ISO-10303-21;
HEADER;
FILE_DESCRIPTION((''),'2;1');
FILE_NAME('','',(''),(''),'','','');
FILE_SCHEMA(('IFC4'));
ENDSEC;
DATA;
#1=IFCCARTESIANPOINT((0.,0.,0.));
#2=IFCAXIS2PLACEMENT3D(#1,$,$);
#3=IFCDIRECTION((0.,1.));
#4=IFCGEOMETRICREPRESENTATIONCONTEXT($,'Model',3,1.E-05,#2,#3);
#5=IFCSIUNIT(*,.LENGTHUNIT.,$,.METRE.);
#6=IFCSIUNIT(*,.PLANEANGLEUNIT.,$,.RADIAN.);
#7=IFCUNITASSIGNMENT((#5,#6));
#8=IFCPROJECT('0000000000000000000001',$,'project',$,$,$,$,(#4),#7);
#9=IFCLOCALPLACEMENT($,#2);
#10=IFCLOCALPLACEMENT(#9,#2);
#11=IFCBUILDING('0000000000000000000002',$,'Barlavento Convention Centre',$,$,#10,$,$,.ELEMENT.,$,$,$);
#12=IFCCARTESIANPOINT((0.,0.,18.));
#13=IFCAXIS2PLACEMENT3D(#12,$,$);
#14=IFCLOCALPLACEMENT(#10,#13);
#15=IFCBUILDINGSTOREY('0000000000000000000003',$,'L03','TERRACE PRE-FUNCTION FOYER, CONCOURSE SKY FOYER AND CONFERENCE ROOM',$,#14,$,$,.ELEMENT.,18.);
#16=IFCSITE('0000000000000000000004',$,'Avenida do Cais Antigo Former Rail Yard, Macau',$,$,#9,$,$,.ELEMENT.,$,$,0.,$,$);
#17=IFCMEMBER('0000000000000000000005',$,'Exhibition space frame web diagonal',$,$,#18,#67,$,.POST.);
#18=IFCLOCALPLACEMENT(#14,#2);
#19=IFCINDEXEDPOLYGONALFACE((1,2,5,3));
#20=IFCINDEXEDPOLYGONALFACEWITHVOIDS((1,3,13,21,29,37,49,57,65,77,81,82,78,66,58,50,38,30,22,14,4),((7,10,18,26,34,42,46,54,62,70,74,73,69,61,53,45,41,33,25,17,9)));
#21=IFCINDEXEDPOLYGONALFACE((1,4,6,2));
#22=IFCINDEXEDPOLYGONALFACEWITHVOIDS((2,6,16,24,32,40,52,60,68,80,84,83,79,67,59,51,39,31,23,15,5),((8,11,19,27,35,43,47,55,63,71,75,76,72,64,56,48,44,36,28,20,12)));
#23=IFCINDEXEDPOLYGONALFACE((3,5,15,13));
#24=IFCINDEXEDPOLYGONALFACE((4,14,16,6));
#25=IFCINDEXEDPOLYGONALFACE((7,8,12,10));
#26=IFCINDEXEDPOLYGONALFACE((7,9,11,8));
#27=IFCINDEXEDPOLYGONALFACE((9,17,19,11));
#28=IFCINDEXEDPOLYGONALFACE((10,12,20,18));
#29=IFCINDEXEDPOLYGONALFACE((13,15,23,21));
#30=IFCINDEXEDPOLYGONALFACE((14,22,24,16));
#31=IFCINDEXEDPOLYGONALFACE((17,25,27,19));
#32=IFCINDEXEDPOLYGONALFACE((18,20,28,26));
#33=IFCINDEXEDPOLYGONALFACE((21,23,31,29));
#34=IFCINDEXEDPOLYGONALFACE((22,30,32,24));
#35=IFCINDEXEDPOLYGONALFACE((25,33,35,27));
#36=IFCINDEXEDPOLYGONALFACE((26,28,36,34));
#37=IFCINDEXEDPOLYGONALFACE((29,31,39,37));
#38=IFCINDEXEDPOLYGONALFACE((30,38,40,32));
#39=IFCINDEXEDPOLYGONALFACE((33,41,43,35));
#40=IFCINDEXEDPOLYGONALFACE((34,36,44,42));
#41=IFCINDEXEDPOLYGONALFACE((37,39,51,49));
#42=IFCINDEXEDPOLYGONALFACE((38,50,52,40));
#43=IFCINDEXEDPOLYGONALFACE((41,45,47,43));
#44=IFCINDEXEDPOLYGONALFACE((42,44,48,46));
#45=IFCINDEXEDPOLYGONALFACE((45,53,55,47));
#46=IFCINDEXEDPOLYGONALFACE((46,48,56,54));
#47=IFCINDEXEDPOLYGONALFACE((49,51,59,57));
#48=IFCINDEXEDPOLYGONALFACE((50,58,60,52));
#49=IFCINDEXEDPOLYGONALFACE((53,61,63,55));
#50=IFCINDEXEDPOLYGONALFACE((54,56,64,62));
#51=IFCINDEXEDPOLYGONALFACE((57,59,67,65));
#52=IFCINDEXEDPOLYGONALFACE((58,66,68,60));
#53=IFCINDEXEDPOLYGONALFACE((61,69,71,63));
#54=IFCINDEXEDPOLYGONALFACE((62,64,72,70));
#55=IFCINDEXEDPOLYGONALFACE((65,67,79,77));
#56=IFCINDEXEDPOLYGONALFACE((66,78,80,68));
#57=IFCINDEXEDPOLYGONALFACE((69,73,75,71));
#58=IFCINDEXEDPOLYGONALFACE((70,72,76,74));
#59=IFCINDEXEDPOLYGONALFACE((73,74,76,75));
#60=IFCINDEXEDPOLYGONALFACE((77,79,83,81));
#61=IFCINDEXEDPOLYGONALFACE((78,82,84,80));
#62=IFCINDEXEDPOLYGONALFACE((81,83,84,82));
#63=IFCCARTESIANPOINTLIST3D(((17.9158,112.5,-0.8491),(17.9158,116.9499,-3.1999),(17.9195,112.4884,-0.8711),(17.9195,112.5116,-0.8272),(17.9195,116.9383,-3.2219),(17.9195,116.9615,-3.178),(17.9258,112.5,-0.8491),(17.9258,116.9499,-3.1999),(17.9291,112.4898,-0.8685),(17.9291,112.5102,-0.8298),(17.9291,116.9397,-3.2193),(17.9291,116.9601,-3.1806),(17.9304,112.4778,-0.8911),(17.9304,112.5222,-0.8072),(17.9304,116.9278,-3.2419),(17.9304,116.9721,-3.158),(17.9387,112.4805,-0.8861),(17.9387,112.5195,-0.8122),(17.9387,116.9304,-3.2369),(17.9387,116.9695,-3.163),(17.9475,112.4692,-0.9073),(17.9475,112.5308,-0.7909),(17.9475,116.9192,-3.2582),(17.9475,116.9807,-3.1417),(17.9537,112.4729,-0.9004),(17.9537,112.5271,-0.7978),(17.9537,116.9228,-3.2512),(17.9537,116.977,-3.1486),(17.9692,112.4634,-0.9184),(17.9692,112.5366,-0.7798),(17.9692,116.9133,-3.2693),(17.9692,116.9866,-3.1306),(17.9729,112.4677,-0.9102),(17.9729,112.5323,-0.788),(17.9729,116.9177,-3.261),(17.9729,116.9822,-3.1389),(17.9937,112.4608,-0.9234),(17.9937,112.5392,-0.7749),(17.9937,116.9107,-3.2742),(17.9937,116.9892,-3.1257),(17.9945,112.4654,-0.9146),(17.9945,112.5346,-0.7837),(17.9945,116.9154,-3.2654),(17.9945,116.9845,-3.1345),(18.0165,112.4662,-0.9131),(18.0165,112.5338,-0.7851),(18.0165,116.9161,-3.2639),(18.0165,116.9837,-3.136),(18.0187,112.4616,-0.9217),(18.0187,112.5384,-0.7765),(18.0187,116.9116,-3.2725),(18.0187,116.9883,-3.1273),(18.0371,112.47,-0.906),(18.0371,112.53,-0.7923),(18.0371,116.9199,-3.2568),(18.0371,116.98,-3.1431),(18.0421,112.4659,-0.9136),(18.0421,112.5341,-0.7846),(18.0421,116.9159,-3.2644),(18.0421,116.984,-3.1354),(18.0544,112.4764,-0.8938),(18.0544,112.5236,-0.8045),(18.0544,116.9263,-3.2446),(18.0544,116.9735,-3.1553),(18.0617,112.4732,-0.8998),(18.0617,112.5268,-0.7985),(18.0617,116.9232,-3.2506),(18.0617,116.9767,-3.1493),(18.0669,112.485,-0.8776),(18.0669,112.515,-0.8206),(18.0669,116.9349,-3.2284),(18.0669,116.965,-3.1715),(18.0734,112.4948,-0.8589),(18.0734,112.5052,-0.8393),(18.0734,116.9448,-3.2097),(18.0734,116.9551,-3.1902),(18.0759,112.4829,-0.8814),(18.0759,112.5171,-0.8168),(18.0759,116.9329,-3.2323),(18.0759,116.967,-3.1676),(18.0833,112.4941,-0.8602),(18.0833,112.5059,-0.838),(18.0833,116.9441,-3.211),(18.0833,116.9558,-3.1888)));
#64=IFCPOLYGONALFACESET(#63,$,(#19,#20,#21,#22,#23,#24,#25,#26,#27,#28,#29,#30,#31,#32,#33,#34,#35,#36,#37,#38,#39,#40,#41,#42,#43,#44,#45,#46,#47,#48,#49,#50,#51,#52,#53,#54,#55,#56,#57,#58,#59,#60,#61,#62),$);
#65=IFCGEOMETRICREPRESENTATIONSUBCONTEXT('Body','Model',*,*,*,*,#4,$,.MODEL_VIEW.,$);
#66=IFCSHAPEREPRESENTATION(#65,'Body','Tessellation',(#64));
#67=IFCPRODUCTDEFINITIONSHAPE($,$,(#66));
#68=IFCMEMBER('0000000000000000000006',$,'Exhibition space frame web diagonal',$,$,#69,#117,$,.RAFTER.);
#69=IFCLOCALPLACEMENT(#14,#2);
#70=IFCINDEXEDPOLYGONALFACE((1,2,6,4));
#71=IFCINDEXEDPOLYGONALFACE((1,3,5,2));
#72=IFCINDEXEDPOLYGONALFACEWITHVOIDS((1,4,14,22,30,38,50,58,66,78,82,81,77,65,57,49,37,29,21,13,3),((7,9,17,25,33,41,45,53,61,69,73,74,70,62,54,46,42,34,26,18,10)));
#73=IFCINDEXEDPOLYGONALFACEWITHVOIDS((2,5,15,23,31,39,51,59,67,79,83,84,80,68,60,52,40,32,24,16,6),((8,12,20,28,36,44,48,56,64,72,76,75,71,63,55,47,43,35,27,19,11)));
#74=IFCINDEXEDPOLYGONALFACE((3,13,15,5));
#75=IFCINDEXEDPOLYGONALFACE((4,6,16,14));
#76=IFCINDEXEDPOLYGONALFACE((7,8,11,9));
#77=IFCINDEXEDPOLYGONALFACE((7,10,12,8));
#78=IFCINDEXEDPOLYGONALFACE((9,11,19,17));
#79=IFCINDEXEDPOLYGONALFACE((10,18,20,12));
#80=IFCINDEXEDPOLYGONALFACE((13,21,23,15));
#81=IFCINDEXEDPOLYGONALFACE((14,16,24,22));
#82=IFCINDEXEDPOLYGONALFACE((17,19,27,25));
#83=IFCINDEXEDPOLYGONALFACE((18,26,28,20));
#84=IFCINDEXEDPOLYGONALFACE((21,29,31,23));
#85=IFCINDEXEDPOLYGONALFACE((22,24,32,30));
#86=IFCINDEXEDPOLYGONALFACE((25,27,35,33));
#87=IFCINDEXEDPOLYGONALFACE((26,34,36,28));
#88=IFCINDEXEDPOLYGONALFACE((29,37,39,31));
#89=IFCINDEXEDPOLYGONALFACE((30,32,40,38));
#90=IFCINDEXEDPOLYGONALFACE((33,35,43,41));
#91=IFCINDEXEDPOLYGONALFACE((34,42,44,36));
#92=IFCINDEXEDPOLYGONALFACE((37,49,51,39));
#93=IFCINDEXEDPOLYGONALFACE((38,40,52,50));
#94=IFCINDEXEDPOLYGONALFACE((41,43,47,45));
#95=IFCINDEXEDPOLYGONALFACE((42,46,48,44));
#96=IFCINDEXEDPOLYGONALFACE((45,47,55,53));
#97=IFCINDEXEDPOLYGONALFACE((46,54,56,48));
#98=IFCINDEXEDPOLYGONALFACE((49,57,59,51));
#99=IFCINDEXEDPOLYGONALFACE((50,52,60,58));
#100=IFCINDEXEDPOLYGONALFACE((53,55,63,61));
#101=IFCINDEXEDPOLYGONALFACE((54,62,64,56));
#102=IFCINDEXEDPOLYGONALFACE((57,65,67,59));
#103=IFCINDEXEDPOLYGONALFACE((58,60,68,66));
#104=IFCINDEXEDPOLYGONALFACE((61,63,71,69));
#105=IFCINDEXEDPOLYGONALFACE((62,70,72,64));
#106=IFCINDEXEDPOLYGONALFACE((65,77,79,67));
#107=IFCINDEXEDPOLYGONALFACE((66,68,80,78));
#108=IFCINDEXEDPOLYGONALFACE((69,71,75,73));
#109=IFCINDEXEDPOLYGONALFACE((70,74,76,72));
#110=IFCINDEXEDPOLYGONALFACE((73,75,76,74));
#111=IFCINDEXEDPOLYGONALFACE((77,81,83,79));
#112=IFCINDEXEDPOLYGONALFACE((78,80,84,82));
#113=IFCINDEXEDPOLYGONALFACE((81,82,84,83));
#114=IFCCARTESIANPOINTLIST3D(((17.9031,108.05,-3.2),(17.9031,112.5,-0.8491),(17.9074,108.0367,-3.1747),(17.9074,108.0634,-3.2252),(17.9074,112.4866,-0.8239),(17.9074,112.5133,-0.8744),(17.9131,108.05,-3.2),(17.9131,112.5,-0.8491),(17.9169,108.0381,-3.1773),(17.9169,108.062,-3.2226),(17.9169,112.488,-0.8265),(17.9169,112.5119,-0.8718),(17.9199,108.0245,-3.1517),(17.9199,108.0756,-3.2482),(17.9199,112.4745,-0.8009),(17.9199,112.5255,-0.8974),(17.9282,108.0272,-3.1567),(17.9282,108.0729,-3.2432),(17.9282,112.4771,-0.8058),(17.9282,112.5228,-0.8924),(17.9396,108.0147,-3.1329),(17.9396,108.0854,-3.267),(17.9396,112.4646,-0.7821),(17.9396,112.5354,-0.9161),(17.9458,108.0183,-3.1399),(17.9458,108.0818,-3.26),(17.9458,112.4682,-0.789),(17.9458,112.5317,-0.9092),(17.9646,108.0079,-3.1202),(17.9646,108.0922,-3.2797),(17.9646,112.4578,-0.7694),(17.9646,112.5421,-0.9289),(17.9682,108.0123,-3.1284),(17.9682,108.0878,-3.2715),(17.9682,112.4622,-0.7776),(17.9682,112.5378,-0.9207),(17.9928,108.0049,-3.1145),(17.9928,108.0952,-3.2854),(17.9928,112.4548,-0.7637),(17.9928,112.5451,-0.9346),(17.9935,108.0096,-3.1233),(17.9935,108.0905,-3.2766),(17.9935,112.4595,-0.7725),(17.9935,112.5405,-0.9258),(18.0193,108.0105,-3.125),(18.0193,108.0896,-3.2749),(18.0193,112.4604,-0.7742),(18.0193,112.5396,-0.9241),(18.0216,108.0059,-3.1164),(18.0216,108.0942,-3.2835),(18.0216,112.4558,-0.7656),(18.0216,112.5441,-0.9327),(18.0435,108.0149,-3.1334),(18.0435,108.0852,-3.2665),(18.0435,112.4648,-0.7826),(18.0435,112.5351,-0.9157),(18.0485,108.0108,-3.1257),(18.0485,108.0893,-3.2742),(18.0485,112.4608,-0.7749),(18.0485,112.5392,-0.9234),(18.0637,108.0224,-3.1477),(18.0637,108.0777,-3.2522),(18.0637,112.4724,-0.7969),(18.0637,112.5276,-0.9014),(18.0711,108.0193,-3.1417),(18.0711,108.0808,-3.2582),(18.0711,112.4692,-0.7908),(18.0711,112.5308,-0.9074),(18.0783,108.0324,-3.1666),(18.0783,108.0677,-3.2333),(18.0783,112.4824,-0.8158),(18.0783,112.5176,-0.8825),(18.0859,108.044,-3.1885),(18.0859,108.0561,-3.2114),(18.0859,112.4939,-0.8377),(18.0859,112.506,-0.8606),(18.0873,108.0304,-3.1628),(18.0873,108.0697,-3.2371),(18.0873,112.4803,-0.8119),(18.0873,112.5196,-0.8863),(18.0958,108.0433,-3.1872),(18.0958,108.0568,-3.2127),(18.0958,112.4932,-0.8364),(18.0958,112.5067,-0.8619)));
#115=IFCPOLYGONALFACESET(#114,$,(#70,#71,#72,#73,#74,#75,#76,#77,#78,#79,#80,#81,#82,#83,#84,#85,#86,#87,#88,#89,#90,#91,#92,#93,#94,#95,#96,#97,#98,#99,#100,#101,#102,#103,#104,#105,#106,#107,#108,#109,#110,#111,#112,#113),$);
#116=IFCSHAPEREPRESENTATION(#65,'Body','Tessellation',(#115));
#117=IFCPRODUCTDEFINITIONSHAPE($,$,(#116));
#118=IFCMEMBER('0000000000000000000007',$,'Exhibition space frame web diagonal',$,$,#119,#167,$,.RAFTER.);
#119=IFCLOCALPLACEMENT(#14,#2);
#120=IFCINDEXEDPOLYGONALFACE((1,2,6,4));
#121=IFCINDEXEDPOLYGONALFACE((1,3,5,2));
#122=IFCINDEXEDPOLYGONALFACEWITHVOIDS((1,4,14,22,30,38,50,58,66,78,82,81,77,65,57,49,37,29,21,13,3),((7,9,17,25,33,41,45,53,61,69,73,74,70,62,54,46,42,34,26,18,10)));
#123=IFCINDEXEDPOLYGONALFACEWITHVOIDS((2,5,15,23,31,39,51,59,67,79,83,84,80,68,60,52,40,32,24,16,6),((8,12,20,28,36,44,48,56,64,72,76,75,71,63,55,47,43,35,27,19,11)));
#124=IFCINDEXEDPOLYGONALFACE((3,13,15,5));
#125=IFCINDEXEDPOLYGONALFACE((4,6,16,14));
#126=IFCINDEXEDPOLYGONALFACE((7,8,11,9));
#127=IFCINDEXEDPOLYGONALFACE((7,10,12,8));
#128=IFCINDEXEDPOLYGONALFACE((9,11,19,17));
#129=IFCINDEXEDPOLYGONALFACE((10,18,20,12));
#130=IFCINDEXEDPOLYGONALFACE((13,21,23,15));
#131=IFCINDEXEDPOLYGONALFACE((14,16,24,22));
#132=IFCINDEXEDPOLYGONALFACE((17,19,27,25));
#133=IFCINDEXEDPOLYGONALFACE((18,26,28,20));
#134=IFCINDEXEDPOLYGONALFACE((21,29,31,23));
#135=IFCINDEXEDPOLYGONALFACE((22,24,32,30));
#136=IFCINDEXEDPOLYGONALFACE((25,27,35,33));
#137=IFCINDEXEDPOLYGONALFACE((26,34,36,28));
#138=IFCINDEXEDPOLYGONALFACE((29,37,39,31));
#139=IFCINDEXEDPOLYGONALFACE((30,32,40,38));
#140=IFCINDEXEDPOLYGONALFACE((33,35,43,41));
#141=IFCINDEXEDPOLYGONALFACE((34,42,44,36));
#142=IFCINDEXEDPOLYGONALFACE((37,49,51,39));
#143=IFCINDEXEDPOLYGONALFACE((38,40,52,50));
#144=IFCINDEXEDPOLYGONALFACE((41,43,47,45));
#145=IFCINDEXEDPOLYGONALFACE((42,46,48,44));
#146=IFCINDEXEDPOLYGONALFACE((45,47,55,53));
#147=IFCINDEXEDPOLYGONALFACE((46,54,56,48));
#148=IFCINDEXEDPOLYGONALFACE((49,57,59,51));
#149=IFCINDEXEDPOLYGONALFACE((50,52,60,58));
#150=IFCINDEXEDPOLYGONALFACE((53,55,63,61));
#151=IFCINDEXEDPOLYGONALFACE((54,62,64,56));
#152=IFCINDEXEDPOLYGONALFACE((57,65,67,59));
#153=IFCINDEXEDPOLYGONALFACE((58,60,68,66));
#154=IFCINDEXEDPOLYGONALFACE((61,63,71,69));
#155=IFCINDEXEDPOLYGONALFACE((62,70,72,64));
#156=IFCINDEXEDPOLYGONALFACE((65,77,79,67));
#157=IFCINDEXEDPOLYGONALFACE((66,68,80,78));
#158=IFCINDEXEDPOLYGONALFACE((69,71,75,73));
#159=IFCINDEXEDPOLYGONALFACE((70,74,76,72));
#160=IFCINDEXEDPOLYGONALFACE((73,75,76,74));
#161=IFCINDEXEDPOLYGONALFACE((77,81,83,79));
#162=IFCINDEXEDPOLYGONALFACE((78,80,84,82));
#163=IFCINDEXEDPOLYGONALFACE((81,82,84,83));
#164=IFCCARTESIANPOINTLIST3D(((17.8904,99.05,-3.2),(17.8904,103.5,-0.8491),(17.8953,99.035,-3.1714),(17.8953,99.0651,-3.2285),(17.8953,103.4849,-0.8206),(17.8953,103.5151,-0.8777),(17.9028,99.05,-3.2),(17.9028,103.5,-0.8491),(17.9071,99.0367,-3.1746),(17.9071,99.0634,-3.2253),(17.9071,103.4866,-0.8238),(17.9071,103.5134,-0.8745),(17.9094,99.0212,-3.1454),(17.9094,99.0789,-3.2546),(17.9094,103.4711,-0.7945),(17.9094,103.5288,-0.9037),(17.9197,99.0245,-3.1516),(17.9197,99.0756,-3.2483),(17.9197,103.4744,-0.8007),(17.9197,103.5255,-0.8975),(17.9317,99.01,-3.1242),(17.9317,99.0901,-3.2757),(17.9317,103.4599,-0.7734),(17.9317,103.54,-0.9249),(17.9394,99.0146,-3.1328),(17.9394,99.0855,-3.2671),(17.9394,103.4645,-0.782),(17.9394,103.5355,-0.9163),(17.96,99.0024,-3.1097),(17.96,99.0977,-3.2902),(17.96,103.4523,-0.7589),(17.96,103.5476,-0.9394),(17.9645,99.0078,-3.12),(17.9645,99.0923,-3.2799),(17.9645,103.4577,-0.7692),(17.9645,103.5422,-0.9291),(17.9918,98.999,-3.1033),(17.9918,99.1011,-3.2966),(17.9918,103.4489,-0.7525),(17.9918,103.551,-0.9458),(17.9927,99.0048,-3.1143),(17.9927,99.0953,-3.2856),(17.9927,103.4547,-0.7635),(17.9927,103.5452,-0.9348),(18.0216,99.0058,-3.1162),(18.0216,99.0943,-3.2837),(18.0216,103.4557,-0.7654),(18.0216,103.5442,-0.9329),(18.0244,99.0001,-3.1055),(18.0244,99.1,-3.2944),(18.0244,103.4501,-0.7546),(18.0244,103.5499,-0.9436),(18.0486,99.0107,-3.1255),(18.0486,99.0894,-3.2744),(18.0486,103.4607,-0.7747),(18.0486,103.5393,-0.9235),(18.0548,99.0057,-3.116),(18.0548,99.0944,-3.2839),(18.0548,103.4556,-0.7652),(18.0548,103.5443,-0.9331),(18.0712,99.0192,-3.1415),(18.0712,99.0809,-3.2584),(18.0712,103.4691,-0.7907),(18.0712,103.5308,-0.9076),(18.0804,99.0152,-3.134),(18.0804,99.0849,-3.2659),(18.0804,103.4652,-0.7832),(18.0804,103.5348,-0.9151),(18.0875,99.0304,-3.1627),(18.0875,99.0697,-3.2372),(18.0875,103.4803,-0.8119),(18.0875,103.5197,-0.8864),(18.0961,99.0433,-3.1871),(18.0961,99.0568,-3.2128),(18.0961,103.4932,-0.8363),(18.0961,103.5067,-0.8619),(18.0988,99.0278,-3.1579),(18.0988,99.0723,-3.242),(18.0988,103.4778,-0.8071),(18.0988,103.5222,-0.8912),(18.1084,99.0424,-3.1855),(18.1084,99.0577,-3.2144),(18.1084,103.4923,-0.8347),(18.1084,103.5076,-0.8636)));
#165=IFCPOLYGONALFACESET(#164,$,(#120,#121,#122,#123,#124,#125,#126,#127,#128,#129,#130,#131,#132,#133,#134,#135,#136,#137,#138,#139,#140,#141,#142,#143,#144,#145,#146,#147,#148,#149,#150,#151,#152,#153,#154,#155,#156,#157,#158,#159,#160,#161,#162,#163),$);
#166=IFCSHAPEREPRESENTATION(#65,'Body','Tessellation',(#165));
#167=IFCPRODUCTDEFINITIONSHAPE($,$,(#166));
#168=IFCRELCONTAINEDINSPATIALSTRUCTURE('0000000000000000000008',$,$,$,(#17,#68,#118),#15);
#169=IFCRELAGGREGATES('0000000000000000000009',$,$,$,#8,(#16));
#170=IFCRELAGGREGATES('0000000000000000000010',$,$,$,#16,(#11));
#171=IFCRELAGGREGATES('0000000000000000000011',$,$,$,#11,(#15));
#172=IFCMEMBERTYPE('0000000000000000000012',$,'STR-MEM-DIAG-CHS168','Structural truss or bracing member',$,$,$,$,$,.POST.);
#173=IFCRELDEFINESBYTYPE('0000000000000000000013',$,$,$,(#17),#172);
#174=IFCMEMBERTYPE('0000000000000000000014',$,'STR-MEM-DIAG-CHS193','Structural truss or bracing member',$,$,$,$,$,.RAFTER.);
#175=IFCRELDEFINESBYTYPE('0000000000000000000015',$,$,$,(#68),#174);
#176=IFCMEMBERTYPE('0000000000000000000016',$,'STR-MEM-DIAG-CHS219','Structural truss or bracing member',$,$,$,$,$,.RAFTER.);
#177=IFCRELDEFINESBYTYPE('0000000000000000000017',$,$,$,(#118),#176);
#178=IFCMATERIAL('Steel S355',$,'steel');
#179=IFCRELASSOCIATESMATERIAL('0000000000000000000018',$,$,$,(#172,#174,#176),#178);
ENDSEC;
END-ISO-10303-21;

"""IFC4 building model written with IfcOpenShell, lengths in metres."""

from ifc_helpers import new_model, si_unit, direction, frame, origin, origin_2d, place, context, subcontext, project, spatial, hollow_circle, extrude, material, material_profile, profile_set, type_object, element, save


model = new_model("IFC4")

# Units and contexts
model_context = context("Model", 3, precision=1e-05, world=origin(), true_north=direction((0.0, 1.0)))
body_context = subcontext(model_context, "Body", "Model", "MODEL_VIEW")
ifc_project = project(units=[si_unit("LENGTHUNIT", "METRE"), si_unit("PLANEANGLEUNIT", "RADIAN")], contexts=[model_context])

# Site, building, storey
site_placement = place(None, origin())
site = spatial("IfcSite", under=ifc_project, at=site_placement, Name="Avenida do Cais Antigo Former Rail Yard, Macau", CompositionType="ELEMENT", RefElevation=0.0)
building_placement = place(site_placement, origin())
building = spatial("IfcBuilding", under=site, at=building_placement, Name="Barlavento Convention Centre", CompositionType="ELEMENT")
storey_placement = place(building_placement, frame((0.0, 0.0, 18.0)))
storey = spatial("IfcBuildingStorey", under=building, at=storey_placement, Name="L03", Description="TERRACE PRE-FUNCTION FOYER, CONCOURSE SKY FOYER AND CONFERENCE ROOM", CompositionType="ELEMENT", Elevation=18.0)

# Shared definitions
ifc_material_1 = material(Name="Steel S355", Category="steel")

# Members
ifc_material_profile_1 = material_profile(ifc_material_1, hollow_circle(Radius=0.0842, WallThickness=0.01, at=origin_2d()), Name="CHS 168.3x10.0")
ifc_profile_set_1 = profile_set([ifc_material_profile_1], Name="Steel S355")
member_type_1 = type_object("IfcMemberType", Name="STR-MEM-DIAG-CHS168", Description="Structural truss or bracing member", PredefinedType="POST", material=ifc_profile_set_1)
for number, where, z_axis, x_axis, name in (
    (1, (18.0, 112.5, -0.8491), (0.0, 0.884201, -0.467107), (-1.0, 0.0, 0.0), "Exhibition space frame web diagonal"),
):
    element("IfcMember", number, at=place(storey_placement, frame(where, z_axis=z_axis, x_axis=x_axis)), inside=storey, type_object=member_type_1, Name=name, PredefinedType="POST", context=body_context, shape_type="SweptSolid", body=[
        extrude(hollow_circle(Radius=0.0842, WallThickness=0.01, at=origin_2d()), origin(), (0.0, 0.0, 1.0), 5.0327),
    ])
ifc_material_profile_2 = material_profile(ifc_material_1, hollow_circle(Radius=0.0969, WallThickness=0.01, at=origin_2d()), Name="CHS 193.7x10.0")
ifc_profile_set_2 = profile_set([ifc_material_profile_2], Name="Steel S355")
member_type_2 = type_object("IfcMemberType", Name="STR-MEM-DIAG-CHS193", Description="Structural truss or bracing member", PredefinedType="RAFTER", material=ifc_profile_set_2)
member_1_placement = place(storey_placement, frame((18.0, 108.05, -3.2), z_axis=(0.0, 0.884201, 0.467107), x_axis=(-1.0, 0.0, 0.0)))
element("IfcMember", 2, at=member_1_placement, inside=storey, type_object=member_type_2, Name="Exhibition space frame web diagonal", PredefinedType="RAFTER", context=body_context, shape_type="SweptSolid", body=[
    extrude(hollow_circle(Radius=0.0969, WallThickness=0.01, at=origin_2d()), origin(), (0.0, 0.0, 1.0), 5.0327),
])
ifc_material_profile_3 = material_profile(ifc_material_1, hollow_circle(Radius=0.1096, WallThickness=0.0125, at=origin_2d()), Name="CHS 219.1x12.5")
ifc_profile_set_3 = profile_set([ifc_material_profile_3], Name="Steel S355")
member_type_3 = type_object("IfcMemberType", Name="STR-MEM-DIAG-CHS219", Description="Structural truss or bracing member", PredefinedType="RAFTER", material=ifc_profile_set_3)
member_2_placement = place(storey_placement, frame((18.0, 99.05, -3.2), z_axis=(0.0, 0.884201, 0.467107), x_axis=(-1.0, 0.0, 0.0)))
element("IfcMember", 3, at=member_2_placement, inside=storey, type_object=member_type_3, Name="Exhibition space frame web diagonal", PredefinedType="RAFTER", context=body_context, shape_type="SweptSolid", body=[
    extrude(hollow_circle(Radius=0.1096, WallThickness=0.0125, at=origin_2d()), origin(), (0.0, 0.0, 1.0), 5.0327),
])

save(model, "model.ifc")
